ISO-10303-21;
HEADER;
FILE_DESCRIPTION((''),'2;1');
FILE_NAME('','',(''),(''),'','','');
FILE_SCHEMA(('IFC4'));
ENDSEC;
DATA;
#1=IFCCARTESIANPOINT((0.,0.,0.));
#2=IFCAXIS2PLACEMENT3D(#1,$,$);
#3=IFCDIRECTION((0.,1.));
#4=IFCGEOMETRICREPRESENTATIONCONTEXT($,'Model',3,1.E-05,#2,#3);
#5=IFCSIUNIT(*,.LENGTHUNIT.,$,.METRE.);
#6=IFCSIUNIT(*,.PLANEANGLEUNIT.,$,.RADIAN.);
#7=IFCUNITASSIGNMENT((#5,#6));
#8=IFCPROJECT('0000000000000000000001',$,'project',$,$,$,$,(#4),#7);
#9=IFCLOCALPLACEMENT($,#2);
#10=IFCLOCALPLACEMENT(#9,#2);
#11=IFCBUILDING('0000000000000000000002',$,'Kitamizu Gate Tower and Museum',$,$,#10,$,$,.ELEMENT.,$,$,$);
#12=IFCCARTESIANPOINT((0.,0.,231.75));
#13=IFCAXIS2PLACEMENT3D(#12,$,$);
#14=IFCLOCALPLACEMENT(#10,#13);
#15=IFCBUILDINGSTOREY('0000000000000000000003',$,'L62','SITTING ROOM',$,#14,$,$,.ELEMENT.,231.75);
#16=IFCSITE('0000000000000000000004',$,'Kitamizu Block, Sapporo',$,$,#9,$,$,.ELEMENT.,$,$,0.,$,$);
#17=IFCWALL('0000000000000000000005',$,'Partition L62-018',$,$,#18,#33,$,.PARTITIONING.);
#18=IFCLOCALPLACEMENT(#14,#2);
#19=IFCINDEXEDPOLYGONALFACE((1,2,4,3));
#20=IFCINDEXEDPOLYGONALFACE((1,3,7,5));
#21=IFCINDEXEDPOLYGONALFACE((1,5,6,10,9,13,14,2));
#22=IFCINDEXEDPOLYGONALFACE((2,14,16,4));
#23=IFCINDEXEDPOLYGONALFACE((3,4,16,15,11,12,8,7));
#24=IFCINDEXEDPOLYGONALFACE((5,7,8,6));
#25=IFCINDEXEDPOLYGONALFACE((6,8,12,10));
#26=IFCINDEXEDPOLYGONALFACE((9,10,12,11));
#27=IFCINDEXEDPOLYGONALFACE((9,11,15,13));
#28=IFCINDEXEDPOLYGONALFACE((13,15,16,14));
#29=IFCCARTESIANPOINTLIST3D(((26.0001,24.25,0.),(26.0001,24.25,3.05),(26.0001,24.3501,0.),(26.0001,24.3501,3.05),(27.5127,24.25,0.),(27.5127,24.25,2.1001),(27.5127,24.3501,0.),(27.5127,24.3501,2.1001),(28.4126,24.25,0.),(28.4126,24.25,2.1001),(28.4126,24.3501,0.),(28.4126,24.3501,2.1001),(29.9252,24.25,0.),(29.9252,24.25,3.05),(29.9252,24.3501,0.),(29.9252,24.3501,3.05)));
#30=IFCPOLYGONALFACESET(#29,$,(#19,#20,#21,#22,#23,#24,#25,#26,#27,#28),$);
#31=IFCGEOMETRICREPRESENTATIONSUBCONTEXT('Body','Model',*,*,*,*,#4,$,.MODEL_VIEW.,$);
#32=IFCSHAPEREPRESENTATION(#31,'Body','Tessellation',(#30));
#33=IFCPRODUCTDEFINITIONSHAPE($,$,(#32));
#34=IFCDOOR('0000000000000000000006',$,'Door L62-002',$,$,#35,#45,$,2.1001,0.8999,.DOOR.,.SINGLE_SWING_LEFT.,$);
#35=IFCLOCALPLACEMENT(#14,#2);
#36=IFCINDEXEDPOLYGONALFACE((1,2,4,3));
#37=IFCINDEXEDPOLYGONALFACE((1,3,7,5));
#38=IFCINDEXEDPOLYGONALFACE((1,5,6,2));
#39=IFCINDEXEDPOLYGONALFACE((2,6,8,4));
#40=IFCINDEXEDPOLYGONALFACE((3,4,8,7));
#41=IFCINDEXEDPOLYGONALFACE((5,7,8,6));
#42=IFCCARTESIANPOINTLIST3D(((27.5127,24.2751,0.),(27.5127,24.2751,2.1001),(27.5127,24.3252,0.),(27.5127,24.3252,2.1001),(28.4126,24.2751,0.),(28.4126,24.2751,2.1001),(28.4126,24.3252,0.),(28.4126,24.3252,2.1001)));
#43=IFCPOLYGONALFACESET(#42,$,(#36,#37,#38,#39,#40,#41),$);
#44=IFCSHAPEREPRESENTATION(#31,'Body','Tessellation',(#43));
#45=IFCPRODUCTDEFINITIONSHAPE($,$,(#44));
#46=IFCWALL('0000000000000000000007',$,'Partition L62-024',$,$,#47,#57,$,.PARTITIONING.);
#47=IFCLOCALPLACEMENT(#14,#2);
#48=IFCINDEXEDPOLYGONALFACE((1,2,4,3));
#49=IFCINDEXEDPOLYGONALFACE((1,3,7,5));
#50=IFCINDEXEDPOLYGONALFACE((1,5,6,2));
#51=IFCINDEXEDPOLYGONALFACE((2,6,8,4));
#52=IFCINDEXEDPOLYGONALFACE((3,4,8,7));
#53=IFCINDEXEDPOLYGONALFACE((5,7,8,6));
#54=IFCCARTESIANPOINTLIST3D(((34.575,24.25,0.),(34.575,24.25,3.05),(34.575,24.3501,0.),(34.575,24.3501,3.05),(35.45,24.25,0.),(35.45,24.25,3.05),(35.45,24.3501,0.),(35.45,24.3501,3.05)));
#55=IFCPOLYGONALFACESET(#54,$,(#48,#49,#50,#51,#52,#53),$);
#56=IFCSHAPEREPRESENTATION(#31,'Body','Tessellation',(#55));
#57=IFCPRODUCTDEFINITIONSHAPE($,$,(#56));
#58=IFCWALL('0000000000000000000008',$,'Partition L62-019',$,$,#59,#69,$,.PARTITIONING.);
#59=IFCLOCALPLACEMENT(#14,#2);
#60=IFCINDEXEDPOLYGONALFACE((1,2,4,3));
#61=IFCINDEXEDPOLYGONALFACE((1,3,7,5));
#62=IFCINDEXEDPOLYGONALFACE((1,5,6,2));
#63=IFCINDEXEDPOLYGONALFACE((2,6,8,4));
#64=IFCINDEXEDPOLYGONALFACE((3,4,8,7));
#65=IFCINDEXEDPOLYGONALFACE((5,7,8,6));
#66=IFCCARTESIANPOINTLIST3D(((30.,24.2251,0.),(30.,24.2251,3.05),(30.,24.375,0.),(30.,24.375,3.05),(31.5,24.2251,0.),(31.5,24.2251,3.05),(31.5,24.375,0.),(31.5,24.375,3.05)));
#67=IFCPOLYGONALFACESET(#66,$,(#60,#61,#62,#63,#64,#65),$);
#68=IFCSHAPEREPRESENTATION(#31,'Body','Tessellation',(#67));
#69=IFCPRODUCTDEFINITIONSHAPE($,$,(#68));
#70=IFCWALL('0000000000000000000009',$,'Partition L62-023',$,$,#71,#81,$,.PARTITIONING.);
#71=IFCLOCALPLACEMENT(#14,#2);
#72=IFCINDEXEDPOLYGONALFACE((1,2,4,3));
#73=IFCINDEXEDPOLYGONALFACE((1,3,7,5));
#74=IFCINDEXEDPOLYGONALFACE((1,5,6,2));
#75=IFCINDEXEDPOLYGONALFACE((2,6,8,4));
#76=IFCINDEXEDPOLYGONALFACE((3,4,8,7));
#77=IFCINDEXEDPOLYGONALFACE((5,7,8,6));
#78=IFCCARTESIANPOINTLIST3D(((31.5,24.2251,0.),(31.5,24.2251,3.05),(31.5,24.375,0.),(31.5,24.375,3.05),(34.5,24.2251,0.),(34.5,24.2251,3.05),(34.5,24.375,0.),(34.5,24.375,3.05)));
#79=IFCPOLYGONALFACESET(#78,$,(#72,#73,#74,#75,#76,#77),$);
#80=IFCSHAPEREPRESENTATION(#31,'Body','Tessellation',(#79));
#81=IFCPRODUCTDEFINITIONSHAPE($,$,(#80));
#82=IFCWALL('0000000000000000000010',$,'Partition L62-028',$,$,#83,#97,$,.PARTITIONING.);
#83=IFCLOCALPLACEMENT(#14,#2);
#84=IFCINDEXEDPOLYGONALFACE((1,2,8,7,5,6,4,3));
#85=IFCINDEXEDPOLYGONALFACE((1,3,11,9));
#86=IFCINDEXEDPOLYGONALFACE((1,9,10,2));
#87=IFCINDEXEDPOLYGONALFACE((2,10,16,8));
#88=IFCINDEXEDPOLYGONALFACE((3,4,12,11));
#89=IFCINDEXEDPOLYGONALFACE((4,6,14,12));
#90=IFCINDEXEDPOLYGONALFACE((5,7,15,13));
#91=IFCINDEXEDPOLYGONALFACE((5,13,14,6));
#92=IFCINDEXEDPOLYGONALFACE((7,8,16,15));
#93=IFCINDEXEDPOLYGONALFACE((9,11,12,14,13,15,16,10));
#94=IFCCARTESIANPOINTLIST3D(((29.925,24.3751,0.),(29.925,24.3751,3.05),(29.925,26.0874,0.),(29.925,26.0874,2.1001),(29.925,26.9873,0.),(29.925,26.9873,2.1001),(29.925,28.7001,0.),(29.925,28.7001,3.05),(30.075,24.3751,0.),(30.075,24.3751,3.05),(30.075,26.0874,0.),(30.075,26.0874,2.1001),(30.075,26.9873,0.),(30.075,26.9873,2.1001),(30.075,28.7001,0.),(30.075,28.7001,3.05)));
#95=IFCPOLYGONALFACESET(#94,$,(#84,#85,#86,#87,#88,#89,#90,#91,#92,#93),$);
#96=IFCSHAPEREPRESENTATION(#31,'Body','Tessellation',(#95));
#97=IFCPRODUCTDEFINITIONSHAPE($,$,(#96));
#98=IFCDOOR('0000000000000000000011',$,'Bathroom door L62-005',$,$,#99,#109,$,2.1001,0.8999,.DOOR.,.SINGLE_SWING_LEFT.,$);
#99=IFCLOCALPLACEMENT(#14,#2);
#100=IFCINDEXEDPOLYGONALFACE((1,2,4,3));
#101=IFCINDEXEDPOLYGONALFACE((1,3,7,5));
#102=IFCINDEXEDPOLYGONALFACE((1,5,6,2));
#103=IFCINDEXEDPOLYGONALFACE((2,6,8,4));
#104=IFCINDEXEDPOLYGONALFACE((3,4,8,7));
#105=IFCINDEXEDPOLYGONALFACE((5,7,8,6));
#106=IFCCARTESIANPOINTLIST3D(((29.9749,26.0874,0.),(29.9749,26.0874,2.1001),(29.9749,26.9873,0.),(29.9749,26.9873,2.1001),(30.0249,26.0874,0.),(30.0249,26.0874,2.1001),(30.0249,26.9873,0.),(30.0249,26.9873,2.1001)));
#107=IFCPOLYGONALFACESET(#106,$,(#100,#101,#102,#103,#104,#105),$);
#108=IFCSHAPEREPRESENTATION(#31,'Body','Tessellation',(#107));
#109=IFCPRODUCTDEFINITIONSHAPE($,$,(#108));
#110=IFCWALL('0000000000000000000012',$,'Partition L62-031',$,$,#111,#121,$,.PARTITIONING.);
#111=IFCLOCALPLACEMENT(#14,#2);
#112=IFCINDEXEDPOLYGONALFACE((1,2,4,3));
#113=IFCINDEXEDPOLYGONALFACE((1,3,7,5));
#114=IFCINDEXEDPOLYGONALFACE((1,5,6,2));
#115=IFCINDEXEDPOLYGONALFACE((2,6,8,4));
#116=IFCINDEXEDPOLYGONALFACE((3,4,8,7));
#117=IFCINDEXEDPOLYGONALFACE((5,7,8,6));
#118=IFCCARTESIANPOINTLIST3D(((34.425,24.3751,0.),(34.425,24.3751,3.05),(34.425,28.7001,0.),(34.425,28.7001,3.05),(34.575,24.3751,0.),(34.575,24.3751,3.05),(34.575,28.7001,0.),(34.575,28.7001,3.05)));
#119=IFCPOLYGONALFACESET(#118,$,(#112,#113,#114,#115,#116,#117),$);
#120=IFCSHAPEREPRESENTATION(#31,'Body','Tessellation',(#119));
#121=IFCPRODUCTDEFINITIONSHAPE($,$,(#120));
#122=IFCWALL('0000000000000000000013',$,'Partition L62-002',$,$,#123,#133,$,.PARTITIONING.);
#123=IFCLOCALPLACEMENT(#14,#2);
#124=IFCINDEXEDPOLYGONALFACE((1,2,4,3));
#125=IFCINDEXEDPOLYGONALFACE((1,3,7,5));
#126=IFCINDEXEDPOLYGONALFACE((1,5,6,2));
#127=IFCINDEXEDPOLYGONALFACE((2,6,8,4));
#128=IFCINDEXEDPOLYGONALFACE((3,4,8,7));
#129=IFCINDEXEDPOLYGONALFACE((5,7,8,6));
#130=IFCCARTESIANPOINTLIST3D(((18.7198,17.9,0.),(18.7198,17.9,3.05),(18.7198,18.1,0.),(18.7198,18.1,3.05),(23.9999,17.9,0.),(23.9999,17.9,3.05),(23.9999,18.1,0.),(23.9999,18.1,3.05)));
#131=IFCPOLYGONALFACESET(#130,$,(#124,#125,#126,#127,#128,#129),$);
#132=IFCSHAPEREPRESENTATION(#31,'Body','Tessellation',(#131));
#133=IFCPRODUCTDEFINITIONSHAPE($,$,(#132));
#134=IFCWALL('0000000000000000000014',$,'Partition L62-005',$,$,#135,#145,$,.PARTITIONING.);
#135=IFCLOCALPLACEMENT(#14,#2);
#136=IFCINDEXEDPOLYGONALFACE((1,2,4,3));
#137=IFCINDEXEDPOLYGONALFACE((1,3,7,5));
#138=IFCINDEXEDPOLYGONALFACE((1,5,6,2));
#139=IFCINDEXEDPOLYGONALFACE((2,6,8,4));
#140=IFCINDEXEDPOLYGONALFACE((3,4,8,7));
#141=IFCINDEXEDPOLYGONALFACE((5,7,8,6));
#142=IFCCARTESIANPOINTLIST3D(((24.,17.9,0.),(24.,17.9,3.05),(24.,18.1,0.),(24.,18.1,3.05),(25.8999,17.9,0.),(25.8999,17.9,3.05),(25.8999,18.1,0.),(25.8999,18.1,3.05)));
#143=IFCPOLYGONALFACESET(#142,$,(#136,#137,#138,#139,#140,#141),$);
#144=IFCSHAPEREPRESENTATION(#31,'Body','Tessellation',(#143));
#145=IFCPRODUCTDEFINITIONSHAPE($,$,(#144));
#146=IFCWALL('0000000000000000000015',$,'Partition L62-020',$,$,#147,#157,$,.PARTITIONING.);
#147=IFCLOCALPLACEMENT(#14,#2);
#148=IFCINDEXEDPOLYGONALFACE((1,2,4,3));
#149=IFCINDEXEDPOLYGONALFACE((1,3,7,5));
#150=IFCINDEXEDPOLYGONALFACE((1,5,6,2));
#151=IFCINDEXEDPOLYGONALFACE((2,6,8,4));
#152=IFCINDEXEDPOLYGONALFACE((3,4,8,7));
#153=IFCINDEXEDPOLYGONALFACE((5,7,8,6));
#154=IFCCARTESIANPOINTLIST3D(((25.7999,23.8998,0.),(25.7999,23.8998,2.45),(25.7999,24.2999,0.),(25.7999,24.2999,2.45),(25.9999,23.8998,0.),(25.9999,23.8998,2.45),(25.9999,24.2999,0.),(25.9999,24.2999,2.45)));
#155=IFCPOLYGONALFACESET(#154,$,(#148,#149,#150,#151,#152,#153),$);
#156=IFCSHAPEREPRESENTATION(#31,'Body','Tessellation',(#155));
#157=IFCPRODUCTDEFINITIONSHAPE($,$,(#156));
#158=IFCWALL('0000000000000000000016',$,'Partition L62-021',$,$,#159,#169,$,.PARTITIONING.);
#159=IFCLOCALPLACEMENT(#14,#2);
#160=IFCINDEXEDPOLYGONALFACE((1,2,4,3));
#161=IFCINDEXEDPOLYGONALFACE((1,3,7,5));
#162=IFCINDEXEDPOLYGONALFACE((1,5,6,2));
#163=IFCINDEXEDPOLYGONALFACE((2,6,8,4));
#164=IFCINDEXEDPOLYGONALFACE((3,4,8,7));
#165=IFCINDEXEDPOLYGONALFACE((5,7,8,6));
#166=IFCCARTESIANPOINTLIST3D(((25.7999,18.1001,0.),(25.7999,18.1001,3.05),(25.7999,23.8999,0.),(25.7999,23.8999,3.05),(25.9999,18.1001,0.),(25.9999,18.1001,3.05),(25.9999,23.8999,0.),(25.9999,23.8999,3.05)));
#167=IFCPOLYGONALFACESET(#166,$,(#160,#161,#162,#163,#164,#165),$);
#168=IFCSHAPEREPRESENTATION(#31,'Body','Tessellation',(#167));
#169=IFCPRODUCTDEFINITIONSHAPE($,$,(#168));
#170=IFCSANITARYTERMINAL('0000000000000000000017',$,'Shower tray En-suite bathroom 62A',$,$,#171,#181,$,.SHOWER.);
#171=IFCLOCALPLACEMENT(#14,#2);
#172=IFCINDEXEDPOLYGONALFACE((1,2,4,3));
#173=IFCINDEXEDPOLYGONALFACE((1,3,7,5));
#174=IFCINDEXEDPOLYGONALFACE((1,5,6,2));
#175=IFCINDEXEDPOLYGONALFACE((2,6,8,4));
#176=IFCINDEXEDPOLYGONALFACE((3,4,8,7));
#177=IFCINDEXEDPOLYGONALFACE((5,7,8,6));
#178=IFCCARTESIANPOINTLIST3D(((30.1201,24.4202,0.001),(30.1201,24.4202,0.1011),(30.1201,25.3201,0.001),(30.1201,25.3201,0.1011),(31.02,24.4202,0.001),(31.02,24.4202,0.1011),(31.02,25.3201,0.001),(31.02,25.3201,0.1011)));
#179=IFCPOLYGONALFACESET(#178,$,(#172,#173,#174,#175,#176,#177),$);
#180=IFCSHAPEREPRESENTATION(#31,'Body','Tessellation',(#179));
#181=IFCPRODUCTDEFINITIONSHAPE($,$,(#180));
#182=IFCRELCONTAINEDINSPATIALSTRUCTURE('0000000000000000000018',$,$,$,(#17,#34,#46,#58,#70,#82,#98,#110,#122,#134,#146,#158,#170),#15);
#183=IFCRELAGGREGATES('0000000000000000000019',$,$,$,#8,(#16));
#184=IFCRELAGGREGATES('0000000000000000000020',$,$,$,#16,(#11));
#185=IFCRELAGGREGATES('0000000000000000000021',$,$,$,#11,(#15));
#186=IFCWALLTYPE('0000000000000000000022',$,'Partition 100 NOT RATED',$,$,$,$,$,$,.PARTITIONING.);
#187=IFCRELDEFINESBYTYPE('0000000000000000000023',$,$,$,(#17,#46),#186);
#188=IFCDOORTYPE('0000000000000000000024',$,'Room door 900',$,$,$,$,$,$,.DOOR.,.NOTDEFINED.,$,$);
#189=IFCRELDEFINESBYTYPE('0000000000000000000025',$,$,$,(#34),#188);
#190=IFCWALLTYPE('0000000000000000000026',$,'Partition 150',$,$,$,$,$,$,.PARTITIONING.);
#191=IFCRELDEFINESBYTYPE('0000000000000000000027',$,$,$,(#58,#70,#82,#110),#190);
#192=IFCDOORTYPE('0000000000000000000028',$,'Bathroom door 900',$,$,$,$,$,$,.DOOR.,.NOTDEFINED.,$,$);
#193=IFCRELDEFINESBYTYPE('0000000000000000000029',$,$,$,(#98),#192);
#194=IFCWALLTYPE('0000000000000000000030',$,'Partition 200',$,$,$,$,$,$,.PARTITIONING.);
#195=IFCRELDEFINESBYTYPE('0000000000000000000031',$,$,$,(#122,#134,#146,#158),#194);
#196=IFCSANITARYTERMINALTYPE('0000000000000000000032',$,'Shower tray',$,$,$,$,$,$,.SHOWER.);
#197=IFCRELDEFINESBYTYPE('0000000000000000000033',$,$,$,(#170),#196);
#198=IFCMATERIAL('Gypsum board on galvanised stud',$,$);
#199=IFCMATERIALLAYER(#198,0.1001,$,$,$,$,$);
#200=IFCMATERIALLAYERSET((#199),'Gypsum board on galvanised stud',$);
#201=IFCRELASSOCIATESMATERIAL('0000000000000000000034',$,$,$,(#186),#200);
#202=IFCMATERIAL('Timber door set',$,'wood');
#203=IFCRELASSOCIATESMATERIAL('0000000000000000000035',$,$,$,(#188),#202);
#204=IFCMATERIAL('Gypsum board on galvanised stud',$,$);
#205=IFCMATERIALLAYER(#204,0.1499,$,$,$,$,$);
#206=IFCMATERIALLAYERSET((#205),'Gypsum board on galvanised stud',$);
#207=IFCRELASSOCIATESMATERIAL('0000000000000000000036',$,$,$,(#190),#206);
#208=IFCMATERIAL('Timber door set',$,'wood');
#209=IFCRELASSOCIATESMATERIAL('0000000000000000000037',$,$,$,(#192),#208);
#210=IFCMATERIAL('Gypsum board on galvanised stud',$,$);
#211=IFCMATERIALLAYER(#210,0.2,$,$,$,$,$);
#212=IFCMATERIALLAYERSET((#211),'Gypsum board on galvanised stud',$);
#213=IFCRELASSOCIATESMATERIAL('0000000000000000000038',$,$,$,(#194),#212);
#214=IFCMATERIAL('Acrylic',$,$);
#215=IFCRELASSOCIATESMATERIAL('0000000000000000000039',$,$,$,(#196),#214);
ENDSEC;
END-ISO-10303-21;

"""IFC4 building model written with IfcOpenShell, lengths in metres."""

from ifc_helpers import new_model, si_unit, direction, frame, frame_2d, origin, origin_2d, place, context, subcontext, project, spatial, rectangle, extrude, material, layer, layer_set, type_object, element, fill, save


model = new_model("IFC4")

# Units and contexts
model_context = context("Model", 3, precision=1e-05, world=origin(), true_north=direction((0.0, 1.0)))
body_context = subcontext(model_context, "Body", "Model", "MODEL_VIEW")
ifc_project = project(units=[si_unit("LENGTHUNIT", "METRE"), si_unit("PLANEANGLEUNIT", "RADIAN")], contexts=[model_context])

# Site, building, storey
site_placement = place(None, origin())
site = spatial("IfcSite", under=ifc_project, at=site_placement, Name="Kitamizu Block, Sapporo", CompositionType="ELEMENT", RefElevation=0.0)
building_placement = place(site_placement, origin())
building = spatial("IfcBuilding", under=site, at=building_placement, Name="Kitamizu Gate Tower and Museum", CompositionType="ELEMENT")
storey_placement = place(building_placement, frame((0.0, 0.0, 231.75)))
storey = spatial("IfcBuildingStorey", under=building, at=storey_placement, Name="L62", Description="SITTING ROOM", CompositionType="ELEMENT", Elevation=231.75)

# Shared definitions
ifc_material_1 = material(Name="Gypsum board on galvanised stud")
ifc_layer_1 = layer(ifc_material_1, 0.1001)
ifc_layer_set_1 = layer_set([ifc_layer_1], Name="Gypsum board on galvanised stud")
wall_type_1 = type_object("IfcWallType", Name="Partition 100 NOT RATED", PredefinedType="PARTITIONING", material=ifc_layer_set_1)
ifc_material_2 = material(Name="Timber door set", Category="wood")
door_type_1 = type_object("IfcDoorType", Name="Room door 900", OperationType="NOTDEFINED", PredefinedType="DOOR", material=ifc_material_2)

# Wall, opening, door
wall_1_placement = place(storey_placement, frame((29.925, 24.3, 0.0), z_axis=(0.0, 0.0, 1.0), x_axis=(-1.0, 0.0, 0.0)))
wall_1 = element("IfcWall", 1, at=wall_1_placement, inside=storey, type_object=wall_type_1, Name="Partition L62-018", PredefinedType="PARTITIONING", context=body_context, shape_type="SweptSolid", body=[
    extrude(rectangle(XDim=3.925, YDim=0.1001, at=frame_2d((1.9624, 0.0))), origin(), (0.0, 0.0, 1.0), 3.05),
])
opening_1_placement = place(wall_1_placement, frame((1.5125, 0.0, 0.0)))
opening_1 = element("IfcOpeningElement", 2, at=opening_1_placement, cuts=wall_1, PredefinedType="OPENING", context=body_context, shape_type="SweptSolid", body=[
    extrude(rectangle(XDim=0.8999, YDim=2.1001, at=frame_2d((0.45, 1.05))), frame((0.0, 0.0601, 0.0), z_axis=(0.0, -1.0, 0.0), x_axis=(1.0, 0.0, 0.0)), (0.0, 0.0, 1.0), 0.1201),
])
door_1_placement = place(opening_1_placement, origin())
door_1 = element("IfcDoor", 3, at=door_1_placement, inside=storey, type_object=door_type_1, Name="Door L62-002", OperationType="SINGLE_SWING_LEFT", OverallHeight=2.1001, OverallWidth=0.8999, PredefinedType="DOOR", context=body_context, shape_type="SweptSolid", body=[
    extrude(rectangle(XDim=0.8999, YDim=2.1001, at=frame_2d((0.45, 1.05))), frame((0.0, 0.0249, 0.0), z_axis=(0.0, -1.0, 0.0), x_axis=(1.0, 0.0, 0.0)), (0.0, 0.0, 1.0), 0.05),
])
fill(opening_1, door_1)

# Walls
wall_2_placement = place(storey_placement, frame((35.45, 24.3, 0.0), z_axis=(0.0, 0.0, 1.0), x_axis=(-1.0, 0.0, 0.0)))
element("IfcWall", 4, at=wall_2_placement, inside=storey, type_object=wall_type_1, Name="Partition L62-024", PredefinedType="PARTITIONING", context=body_context, shape_type="SweptSolid", body=[
    extrude(rectangle(XDim=0.875, YDim=0.1001, at=frame_2d((0.4375, 0.0))), origin(), (0.0, 0.0, 1.0), 3.05),
])
ifc_material_3 = material(Name="Gypsum board on galvanised stud")
ifc_layer_2 = layer(ifc_material_3, 0.1499)
ifc_layer_set_2 = layer_set([ifc_layer_2], Name="Gypsum board on galvanised stud")
wall_type_2 = type_object("IfcWallType", Name="Partition 150", PredefinedType="PARTITIONING", material=ifc_layer_set_2)
wall_3_placement = place(storey_placement, frame((31.5, 24.3, 0.0), z_axis=(0.0, 0.0, 1.0), x_axis=(-1.0, 0.0, 0.0)))
element("IfcWall", 5, at=wall_3_placement, inside=storey, type_object=wall_type_2, Name="Partition L62-019", PredefinedType="PARTITIONING", context=body_context, shape_type="SweptSolid", body=[
    extrude(rectangle(XDim=1.5, YDim=0.1499, at=frame_2d((0.75, 0.0))), origin(), (0.0, 0.0, 1.0), 3.05),
])
wall_4_placement = place(storey_placement, frame((34.5, 24.3, 0.0), z_axis=(0.0, 0.0, 1.0), x_axis=(-1.0, 0.0, 0.0)))
element("IfcWall", 6, at=wall_4_placement, inside=storey, type_object=wall_type_2, Name="Partition L62-023", PredefinedType="PARTITIONING", context=body_context, shape_type="SweptSolid", body=[
    extrude(rectangle(XDim=3.0, YDim=0.1499, at=frame_2d((1.5, 0.0))), origin(), (0.0, 0.0, 1.0), 3.05),
])

# Wall, opening, door
wall_5_placement = place(storey_placement, frame((30.0, 24.375, 0.0), z_axis=(0.0, 0.0, 1.0), x_axis=(0.0, 1.0, 0.0)))
wall_5 = element("IfcWall", 7, at=wall_5_placement, inside=storey, type_object=wall_type_2, Name="Partition L62-028", PredefinedType="PARTITIONING", context=body_context, shape_type="SweptSolid", body=[
    extrude(rectangle(XDim=4.325, YDim=0.1499, at=frame_2d((2.1626, 0.0))), origin(), (0.0, 0.0, 1.0), 3.05),
])
opening_2_placement = place(wall_5_placement, frame((1.7124, 0.0, 0.0)))
opening_2 = element("IfcOpeningElement", 8, at=opening_2_placement, cuts=wall_5, PredefinedType="OPENING", context=body_context, shape_type="SweptSolid", body=[
    extrude(rectangle(XDim=0.8999, YDim=2.1001, at=frame_2d((0.45, 1.05))), frame((0.0, 0.085, 0.0), z_axis=(0.0, -1.0, 0.0), x_axis=(1.0, 0.0, 0.0)), (0.0, 0.0, 1.0), 0.1699),
])
ifc_material_4 = material(Name="Timber door set", Category="wood")
door_type_2 = type_object("IfcDoorType", Name="Bathroom door 900", OperationType="NOTDEFINED", PredefinedType="DOOR", material=ifc_material_4)
door_2_placement = place(opening_2_placement, frame((0.8999, 0.0, 0.0), x_axis=(-1.0, 0.0, 0.0)))
door_2 = element("IfcDoor", 9, at=door_2_placement, inside=storey, type_object=door_type_2, Name="Bathroom door L62-005", OperationType="SINGLE_SWING_LEFT", OverallHeight=2.1001, OverallWidth=0.8999, PredefinedType="DOOR", context=body_context, shape_type="SweptSolid", body=[
    extrude(rectangle(XDim=0.8999, YDim=2.1001, at=frame_2d((0.45, 1.05))), frame((0.0, 0.0249, 0.0), z_axis=(0.0, -1.0, 0.0), x_axis=(1.0, 0.0, 0.0)), (0.0, 0.0, 1.0), 0.05),
])
fill(opening_2, door_2)

# Walls
wall_6_placement = place(storey_placement, frame((34.5, 24.375, 0.0), z_axis=(0.0, 0.0, 1.0), x_axis=(0.0, 1.0, 0.0)))
element("IfcWall", 10, at=wall_6_placement, inside=storey, type_object=wall_type_2, Name="Partition L62-031", PredefinedType="PARTITIONING", context=body_context, shape_type="SweptSolid", body=[
    extrude(rectangle(XDim=4.325, YDim=0.1499, at=frame_2d((2.1626, 0.0))), origin(), (0.0, 0.0, 1.0), 3.05),
])
ifc_material_5 = material(Name="Gypsum board on galvanised stud")
ifc_layer_3 = layer(ifc_material_5, 0.2)
ifc_layer_set_3 = layer_set([ifc_layer_3], Name="Gypsum board on galvanised stud")
wall_type_3 = type_object("IfcWallType", Name="Partition 200", PredefinedType="PARTITIONING", material=ifc_layer_set_3)
wall_7_placement = place(storey_placement, frame((24.0, 18.0, 0.0), z_axis=(0.0, 0.0, 1.0), x_axis=(-1.0, 0.0, 0.0)))
element("IfcWall", 11, at=wall_7_placement, inside=storey, type_object=wall_type_3, Name="Partition L62-002", PredefinedType="PARTITIONING", context=body_context, shape_type="SweptSolid", body=[
    extrude(rectangle(XDim=5.28, YDim=0.2, at=frame_2d((2.6401, 0.0))), origin(), (0.0, 0.0, 1.0), 3.05),
])
wall_8_placement = place(storey_placement, frame((25.8999, 18.0, 0.0), z_axis=(0.0, 0.0, 1.0), x_axis=(-1.0, 0.0, 0.0)))
element("IfcWall", 12, at=wall_8_placement, inside=storey, type_object=wall_type_3, Name="Partition L62-005", PredefinedType="PARTITIONING", context=body_context, shape_type="SweptSolid", body=[
    extrude(rectangle(XDim=1.8999, YDim=0.2, at=frame_2d((0.95, 0.0))), origin(), (0.0, 0.0, 1.0), 3.05),
])
wall_9_placement = place(storey_placement, frame((25.8999, 24.3, 0.0), z_axis=(0.0, 0.0, 1.0), x_axis=(0.0, -1.0, 0.0)))
element("IfcWall", 13, at=wall_9_placement, inside=storey, type_object=wall_type_3, Name="Partition L62-020", PredefinedType="PARTITIONING", context=body_context, shape_type="SweptSolid", body=[
    extrude(rectangle(XDim=0.4001, YDim=0.2, at=frame_2d((0.2002, 0.0))), origin(), (0.0, 0.0, 1.0), 2.45),
])
wall_10_placement = place(storey_placement, frame((25.8999, 23.8999, 0.0), z_axis=(0.0, 0.0, 1.0), x_axis=(0.0, -1.0, 0.0)))
element("IfcWall", 14, at=wall_10_placement, inside=storey, type_object=wall_type_3, Name="Partition L62-021", PredefinedType="PARTITIONING", context=body_context, shape_type="SweptSolid", body=[
    extrude(rectangle(XDim=5.7998, YDim=0.2, at=frame_2d((2.8999, 0.0))), origin(), (0.0, 0.0, 1.0), 3.05),
])

# Sanitary terminal
ifc_material_6 = material(Name="Acrylic")
sanitary_terminal_type_1 = type_object("IfcSanitaryTerminalType", Name="Shower tray", PredefinedType="SHOWER", material=ifc_material_6)
sanitary_terminal_1_placement = place(storey_placement, frame((30.5701, 24.8701, 0.001), z_axis=(0.0, 0.0, 1.0), x_axis=(1.0, 0.0, 0.0)))
element("IfcSanitaryTerminal", 15, at=sanitary_terminal_1_placement, inside=storey, type_object=sanitary_terminal_type_1, Name="Shower tray En-suite bathroom 62A", PredefinedType="SHOWER", context=body_context, shape_type="SweptSolid", body=[
    extrude(rectangle(XDim=0.8999, YDim=0.8999, at=origin_2d()), origin(), (0.0, 0.0, 1.0), 0.1001),
])

save(model, "model.ifc")
